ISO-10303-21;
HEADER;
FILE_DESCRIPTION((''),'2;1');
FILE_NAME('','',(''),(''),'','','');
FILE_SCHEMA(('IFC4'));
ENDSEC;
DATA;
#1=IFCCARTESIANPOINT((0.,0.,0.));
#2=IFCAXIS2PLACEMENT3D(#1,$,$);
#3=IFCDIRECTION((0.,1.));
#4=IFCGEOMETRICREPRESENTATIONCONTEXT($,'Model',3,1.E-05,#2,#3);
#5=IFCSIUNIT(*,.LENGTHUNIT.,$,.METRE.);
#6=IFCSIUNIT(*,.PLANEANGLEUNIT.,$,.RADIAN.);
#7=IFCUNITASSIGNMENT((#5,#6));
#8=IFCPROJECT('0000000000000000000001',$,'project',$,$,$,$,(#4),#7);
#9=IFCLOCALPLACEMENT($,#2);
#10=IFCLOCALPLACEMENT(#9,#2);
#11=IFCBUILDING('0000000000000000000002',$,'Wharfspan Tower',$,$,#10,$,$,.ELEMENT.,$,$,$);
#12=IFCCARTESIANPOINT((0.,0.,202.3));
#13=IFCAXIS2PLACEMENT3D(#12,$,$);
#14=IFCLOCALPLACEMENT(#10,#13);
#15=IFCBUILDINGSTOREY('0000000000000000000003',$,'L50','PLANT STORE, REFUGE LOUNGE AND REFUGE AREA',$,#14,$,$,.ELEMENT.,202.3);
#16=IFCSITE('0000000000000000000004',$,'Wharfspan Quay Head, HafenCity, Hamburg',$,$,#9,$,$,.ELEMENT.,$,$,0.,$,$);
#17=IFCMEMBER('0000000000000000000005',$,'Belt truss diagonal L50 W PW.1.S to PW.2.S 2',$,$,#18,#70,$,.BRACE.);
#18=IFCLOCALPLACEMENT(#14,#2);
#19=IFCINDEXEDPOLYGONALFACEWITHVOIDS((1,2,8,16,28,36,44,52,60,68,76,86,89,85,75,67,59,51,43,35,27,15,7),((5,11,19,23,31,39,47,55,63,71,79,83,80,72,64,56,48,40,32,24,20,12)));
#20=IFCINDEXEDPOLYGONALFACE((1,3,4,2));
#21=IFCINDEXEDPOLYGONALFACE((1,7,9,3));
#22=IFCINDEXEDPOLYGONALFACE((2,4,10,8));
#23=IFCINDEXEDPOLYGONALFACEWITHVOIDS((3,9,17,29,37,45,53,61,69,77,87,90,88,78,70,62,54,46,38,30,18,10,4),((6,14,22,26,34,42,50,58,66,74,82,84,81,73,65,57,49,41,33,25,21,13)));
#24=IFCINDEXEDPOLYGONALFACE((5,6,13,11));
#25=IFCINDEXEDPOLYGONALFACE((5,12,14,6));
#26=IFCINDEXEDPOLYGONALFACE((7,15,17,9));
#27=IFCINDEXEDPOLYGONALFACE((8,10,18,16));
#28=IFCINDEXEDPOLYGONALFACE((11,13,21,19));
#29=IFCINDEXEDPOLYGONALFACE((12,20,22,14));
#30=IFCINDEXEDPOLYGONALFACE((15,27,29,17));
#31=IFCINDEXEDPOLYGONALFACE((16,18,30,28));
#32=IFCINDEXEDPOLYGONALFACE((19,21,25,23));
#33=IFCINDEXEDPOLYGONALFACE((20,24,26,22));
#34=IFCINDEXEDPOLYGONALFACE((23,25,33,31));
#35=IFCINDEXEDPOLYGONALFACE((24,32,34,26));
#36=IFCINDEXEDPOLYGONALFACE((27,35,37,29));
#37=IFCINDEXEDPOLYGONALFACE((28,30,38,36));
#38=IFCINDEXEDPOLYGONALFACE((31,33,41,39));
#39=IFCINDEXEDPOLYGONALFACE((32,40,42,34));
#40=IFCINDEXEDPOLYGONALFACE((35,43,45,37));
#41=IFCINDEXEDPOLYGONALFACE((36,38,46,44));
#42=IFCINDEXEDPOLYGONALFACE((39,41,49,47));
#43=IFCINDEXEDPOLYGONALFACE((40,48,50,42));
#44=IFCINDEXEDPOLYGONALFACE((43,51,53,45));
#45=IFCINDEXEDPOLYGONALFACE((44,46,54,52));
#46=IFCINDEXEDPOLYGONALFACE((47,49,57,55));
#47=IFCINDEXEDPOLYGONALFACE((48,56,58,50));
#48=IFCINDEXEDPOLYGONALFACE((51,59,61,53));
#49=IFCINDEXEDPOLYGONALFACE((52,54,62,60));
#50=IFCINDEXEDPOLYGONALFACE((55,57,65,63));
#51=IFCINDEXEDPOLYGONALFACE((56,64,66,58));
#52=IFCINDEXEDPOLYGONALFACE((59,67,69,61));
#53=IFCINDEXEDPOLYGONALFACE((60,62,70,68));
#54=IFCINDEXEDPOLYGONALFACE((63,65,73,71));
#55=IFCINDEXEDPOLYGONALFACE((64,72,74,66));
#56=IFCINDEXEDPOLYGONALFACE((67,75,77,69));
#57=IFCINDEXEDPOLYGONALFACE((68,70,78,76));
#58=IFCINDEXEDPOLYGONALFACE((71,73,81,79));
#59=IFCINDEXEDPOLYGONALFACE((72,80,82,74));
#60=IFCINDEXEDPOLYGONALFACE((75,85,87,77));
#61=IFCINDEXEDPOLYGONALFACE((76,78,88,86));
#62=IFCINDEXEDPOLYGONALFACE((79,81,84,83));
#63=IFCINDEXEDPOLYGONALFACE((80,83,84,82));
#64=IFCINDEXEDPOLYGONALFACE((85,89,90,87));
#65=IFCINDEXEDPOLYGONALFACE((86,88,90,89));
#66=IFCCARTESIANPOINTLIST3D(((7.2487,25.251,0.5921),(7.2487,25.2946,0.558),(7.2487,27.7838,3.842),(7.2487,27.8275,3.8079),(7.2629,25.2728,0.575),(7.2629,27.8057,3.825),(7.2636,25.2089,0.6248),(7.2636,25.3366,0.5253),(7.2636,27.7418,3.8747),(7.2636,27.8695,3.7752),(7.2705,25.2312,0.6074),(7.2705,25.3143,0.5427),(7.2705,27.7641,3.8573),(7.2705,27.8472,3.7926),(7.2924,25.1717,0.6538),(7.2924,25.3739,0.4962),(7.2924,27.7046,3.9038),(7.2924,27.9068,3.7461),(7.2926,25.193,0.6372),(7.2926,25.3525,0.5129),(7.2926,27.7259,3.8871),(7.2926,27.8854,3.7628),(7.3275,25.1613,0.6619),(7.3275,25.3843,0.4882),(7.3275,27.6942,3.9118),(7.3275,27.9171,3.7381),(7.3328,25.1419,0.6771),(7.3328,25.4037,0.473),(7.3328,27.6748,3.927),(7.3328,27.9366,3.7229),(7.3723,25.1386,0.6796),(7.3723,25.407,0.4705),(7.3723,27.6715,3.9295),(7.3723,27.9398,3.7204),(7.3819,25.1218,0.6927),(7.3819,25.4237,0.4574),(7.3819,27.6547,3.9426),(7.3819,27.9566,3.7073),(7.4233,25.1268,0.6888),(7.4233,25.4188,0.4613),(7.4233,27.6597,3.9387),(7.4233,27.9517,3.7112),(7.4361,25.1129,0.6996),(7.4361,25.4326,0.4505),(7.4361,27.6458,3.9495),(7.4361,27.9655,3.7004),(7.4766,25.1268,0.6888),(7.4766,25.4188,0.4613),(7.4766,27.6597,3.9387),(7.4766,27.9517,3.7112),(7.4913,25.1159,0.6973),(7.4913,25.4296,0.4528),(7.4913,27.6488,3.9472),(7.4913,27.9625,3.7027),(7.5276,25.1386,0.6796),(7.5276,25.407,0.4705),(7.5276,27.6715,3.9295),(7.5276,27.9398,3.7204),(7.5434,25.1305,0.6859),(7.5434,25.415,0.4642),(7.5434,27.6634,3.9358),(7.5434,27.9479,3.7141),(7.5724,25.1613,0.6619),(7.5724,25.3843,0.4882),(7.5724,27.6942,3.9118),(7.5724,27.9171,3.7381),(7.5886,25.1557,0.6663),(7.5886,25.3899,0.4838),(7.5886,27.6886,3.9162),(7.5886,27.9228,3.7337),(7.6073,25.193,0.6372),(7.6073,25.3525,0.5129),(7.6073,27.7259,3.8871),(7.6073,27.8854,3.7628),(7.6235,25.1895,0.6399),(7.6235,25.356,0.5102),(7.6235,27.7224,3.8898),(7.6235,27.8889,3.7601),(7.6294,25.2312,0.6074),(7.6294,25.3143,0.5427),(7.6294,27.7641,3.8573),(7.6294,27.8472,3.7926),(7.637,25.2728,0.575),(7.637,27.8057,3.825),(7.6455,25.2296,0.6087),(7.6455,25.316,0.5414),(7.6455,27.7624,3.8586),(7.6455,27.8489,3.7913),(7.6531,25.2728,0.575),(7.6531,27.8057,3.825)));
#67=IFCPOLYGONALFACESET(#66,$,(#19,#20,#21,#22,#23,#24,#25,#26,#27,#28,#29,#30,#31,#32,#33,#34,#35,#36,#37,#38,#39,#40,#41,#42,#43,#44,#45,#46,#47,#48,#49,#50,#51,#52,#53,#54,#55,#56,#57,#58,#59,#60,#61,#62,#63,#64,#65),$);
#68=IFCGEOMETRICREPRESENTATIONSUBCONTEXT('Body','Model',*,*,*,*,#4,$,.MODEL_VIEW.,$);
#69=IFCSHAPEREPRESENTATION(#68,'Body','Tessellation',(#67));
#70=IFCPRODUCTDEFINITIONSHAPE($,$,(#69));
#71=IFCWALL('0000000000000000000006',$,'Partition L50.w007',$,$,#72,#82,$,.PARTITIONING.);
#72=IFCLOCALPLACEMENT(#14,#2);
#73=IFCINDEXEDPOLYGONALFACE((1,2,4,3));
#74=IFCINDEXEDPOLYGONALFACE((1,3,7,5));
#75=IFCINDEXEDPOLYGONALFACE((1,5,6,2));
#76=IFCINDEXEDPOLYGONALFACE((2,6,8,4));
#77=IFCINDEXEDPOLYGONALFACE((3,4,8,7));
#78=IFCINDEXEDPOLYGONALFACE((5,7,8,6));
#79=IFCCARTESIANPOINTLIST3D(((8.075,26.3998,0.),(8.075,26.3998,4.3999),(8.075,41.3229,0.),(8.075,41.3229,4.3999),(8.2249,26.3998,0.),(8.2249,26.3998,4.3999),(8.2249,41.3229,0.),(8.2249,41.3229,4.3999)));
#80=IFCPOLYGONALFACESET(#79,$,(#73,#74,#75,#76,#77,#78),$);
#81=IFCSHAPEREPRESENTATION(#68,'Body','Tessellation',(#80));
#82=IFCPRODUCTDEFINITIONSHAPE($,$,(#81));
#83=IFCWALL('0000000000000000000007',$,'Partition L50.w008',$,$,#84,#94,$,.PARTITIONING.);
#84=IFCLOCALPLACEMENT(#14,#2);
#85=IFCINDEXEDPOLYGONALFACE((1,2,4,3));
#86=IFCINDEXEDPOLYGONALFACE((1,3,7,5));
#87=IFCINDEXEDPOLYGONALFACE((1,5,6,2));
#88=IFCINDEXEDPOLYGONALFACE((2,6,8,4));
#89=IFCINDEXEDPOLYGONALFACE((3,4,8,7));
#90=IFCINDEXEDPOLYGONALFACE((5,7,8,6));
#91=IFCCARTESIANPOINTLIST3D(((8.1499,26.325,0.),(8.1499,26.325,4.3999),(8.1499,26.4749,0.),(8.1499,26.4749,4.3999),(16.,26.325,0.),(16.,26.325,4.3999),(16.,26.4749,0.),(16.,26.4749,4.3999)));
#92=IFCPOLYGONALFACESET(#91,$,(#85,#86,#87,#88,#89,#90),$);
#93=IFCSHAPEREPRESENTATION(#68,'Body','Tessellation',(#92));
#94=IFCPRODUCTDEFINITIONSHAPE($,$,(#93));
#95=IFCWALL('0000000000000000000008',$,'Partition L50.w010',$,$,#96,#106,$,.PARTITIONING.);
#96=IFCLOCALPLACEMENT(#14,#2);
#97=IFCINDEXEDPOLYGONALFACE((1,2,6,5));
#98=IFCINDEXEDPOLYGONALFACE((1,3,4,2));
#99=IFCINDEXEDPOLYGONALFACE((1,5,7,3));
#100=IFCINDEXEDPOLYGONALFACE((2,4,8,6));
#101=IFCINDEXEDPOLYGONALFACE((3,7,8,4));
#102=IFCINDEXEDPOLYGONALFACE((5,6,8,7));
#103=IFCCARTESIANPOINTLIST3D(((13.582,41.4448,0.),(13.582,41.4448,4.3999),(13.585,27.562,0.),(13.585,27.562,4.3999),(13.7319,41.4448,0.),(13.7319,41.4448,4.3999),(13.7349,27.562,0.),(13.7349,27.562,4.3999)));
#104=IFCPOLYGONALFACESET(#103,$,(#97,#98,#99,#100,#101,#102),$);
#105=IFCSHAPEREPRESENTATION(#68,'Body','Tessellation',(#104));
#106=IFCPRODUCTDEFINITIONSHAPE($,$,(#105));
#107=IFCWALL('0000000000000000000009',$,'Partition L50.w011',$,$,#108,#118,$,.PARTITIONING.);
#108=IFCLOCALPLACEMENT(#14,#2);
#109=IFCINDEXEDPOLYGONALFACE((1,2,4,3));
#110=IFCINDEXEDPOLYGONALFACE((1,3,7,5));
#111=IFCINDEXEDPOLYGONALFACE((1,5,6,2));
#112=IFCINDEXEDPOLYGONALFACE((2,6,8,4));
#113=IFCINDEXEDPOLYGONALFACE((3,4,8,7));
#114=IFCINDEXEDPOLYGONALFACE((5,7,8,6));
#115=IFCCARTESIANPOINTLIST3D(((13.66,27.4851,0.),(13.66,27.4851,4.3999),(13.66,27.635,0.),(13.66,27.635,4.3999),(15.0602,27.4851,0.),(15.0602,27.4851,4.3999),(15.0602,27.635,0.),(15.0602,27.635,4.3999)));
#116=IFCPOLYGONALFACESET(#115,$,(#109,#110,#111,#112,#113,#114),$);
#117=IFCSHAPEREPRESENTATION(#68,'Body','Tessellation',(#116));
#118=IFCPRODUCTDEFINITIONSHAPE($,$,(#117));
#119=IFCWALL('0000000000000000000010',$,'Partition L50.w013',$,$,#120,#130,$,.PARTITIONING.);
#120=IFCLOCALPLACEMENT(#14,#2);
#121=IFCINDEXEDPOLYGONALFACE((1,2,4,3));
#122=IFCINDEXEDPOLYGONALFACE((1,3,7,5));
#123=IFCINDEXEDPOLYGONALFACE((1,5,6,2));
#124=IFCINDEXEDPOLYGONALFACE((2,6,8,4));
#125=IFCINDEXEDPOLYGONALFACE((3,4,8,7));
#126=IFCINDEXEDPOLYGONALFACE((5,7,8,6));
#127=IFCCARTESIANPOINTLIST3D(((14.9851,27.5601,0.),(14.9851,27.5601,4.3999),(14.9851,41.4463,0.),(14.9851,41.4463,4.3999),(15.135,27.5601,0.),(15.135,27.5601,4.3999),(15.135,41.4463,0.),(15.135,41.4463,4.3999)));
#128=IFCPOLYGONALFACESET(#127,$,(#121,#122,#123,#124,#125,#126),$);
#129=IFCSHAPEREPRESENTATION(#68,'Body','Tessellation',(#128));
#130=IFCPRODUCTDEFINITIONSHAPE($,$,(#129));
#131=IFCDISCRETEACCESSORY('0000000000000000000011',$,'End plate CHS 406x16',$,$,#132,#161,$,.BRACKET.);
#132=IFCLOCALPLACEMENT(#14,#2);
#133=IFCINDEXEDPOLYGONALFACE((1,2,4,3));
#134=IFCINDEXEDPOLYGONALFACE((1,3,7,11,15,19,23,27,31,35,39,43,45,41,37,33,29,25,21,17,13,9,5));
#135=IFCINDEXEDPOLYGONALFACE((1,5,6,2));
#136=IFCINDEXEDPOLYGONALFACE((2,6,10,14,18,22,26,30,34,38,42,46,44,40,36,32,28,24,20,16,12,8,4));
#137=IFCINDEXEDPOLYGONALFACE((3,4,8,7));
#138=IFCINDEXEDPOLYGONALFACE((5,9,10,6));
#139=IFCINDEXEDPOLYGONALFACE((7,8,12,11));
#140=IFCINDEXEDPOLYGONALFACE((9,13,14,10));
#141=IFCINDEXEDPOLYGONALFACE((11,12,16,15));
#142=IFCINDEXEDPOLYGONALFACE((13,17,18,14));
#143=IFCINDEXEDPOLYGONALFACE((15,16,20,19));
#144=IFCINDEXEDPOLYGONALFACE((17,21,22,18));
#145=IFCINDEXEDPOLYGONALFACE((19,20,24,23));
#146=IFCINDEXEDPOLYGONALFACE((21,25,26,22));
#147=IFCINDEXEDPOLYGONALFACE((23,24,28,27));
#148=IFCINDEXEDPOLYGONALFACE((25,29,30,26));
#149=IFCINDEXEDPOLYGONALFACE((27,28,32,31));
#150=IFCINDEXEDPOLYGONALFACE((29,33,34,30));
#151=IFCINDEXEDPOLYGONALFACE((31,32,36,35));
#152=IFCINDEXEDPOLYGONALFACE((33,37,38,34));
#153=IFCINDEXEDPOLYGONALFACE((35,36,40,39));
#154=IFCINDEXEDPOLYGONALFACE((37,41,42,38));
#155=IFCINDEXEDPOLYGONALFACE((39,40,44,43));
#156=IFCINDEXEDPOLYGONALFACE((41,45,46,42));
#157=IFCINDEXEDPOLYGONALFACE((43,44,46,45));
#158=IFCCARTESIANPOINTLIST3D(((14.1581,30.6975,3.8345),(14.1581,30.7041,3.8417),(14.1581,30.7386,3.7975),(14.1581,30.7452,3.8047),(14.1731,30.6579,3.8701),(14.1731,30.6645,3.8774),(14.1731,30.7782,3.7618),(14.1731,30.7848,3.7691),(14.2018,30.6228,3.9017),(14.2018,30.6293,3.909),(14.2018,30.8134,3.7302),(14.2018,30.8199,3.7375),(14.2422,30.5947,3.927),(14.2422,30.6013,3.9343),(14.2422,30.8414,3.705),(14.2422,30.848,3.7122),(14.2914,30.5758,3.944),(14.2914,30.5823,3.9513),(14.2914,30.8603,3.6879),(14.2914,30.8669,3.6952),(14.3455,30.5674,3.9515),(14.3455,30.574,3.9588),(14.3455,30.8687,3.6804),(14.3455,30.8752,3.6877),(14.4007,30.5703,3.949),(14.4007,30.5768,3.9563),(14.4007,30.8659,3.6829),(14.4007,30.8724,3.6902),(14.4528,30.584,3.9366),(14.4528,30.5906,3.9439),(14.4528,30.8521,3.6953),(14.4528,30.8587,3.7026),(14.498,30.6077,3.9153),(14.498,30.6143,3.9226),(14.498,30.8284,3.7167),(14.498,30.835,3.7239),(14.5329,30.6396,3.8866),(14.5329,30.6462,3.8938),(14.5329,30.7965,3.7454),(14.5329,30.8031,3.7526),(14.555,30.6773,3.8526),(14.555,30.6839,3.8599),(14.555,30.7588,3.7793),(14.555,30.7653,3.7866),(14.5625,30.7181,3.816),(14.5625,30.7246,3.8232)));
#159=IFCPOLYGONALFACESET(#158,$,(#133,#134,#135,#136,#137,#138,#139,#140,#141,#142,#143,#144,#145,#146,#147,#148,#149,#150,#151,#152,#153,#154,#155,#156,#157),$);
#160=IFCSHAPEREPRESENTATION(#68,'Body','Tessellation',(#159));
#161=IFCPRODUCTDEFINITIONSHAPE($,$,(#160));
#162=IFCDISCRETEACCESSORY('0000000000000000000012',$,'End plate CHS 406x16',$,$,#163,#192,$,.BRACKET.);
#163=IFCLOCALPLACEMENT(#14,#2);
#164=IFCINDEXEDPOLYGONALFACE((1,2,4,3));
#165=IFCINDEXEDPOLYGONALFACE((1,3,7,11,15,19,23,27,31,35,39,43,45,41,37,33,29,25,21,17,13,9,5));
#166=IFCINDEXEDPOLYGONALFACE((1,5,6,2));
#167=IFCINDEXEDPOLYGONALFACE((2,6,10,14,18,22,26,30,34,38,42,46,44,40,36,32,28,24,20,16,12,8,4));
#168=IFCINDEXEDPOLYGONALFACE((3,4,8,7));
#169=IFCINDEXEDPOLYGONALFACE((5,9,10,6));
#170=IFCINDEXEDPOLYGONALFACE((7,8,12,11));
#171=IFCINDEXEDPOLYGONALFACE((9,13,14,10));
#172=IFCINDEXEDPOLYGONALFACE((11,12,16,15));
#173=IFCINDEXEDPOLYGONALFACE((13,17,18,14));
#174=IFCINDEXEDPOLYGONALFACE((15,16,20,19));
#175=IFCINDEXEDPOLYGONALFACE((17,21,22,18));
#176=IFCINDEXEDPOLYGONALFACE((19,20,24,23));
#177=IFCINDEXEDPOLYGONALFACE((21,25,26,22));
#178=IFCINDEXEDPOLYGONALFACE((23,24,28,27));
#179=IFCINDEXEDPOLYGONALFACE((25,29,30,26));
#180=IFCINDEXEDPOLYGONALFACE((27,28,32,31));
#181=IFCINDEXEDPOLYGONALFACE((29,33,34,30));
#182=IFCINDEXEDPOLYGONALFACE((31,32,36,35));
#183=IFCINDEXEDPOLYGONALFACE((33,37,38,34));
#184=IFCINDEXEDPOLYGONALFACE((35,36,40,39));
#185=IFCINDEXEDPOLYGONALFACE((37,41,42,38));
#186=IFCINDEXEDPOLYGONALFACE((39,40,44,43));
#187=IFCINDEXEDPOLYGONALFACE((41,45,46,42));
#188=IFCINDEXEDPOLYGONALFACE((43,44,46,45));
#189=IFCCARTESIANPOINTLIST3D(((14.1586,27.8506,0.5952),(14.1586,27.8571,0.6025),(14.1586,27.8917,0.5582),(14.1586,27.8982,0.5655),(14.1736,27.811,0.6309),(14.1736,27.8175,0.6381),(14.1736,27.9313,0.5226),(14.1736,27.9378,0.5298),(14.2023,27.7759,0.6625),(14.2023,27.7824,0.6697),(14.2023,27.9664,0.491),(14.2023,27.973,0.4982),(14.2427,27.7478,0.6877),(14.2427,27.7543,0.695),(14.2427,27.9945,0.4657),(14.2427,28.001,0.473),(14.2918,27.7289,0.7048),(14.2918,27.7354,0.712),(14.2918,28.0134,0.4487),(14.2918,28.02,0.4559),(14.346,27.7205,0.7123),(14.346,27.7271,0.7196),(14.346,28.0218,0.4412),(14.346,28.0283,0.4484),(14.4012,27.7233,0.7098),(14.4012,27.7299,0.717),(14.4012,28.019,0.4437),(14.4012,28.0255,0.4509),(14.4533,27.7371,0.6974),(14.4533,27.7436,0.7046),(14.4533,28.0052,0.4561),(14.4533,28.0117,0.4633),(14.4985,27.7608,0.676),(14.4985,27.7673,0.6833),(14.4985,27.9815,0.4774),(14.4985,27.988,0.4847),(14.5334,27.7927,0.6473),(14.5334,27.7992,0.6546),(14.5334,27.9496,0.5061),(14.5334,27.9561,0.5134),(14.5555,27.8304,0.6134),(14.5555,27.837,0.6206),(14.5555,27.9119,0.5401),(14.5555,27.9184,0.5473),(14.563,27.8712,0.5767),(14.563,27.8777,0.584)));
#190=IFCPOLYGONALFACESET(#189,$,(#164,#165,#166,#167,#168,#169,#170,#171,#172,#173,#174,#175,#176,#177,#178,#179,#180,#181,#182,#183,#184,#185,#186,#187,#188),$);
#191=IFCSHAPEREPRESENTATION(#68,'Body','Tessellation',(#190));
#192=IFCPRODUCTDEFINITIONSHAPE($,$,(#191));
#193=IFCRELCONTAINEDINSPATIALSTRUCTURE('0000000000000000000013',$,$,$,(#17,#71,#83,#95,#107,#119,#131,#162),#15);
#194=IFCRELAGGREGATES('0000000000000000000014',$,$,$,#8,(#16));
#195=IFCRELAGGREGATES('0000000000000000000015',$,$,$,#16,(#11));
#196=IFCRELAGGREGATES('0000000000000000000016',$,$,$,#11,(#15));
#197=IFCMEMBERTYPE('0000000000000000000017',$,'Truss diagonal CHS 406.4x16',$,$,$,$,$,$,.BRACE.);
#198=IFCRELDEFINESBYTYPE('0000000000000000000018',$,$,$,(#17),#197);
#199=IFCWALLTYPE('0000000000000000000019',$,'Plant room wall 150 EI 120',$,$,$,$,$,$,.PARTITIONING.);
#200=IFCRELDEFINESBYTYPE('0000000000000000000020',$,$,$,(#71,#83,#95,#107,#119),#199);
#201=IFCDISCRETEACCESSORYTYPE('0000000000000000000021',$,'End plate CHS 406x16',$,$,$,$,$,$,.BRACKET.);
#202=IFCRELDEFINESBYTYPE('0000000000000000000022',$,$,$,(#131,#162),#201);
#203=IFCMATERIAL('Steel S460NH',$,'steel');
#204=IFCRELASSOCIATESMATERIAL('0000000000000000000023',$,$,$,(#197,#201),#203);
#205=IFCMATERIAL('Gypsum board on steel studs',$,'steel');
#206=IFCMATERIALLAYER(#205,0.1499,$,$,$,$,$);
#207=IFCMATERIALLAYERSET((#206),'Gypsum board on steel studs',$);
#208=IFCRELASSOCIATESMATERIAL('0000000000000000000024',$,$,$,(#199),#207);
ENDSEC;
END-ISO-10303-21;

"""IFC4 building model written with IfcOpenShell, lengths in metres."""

from ifc_helpers import new_model, si_unit, direction, frame, frame_2d, origin, origin_2d, place, context, subcontext, project, spatial, rectangle, circle, hollow_circle, extrude, material, layer, layer_set, material_profile, profile_set, type_object, element, save


model = new_model("IFC4")

# Units and contexts
model_context = context("Model", 3, precision=1e-05, world=origin(), true_north=direction((0.0, 1.0)))
body_context = subcontext(model_context, "Body", "Model", "MODEL_VIEW")
ifc_project = project(units=[si_unit("LENGTHUNIT", "METRE"), si_unit("PLANEANGLEUNIT", "RADIAN")], contexts=[model_context])

# Site, building, storey
site_placement = place(None, origin())
site = spatial("IfcSite", under=ifc_project, at=site_placement, Name="Wharfspan Quay Head, HafenCity, Hamburg", CompositionType="ELEMENT", RefElevation=0.0)
building_placement = place(site_placement, origin())
building = spatial("IfcBuilding", under=site, at=building_placement, Name="Wharfspan Tower", CompositionType="ELEMENT")
storey_placement = place(building_placement, frame((0.0, 0.0, 202.3)))
storey = spatial("IfcBuildingStorey", under=building, at=storey_placement, Name="L50", Description="PLANT STORE, REFUGE LOUNGE AND REFUGE AREA", CompositionType="ELEMENT", Elevation=202.3)

# Member
ifc_material_1 = material(Name="Steel S460NH", Category="steel")
ifc_material_profile_1 = material_profile(ifc_material_1, hollow_circle(Radius=0.2031, WallThickness=0.0161, at=origin_2d()))
ifc_profile_set_1 = profile_set([ifc_material_profile_1], Name="Steel S460NH")
member_type_1 = type_object("IfcMemberType", Name="Truss diagonal CHS 406.4x16", PredefinedType="BRACE", material=ifc_profile_set_1)
for number, where, z_axis, x_axis, name in (
    (1, (7.45, 27.8057, 3.825), (0.0, -0.614724, -0.788742), (1.0, 0.0, 0.0), "Belt truss diagonal L50 W PW.1.S to PW.2.S 2"),
):
    element("IfcMember", number, at=place(storey_placement, frame(where, z_axis=z_axis, x_axis=x_axis)), inside=storey, type_object=member_type_1, Name=name, PredefinedType="BRACE", context=body_context, shape_type="SweptSolid", body=[
        extrude(hollow_circle(Radius=0.2031, WallThickness=0.0161, at=origin_2d()), origin(), (0.0, 0.0, 1.0), 4.1204),
    ])

# Walls
ifc_material_2 = material(Name="Gypsum board on steel studs", Category="steel")
ifc_layer = layer(ifc_material_2, 0.1499)
ifc_layer_set = layer_set([ifc_layer], Name="Gypsum board on steel studs")
wall_type = type_object("IfcWallType", Name="Plant room wall 150 EI 120", PredefinedType="PARTITIONING", material=ifc_layer_set)
wall_1_placement = place(storey_placement, frame((8.1499, 26.3999, 0.0), z_axis=(0.0, 0.0, 1.0), x_axis=(0.0, 1.0, 0.0)))
element("IfcWall", 2, at=wall_1_placement, inside=storey, type_object=wall_type, Name="Partition L50.w007", PredefinedType="PARTITIONING", context=body_context, shape_type="SweptSolid", body=[
    extrude(rectangle(XDim=14.9231, YDim=0.1499, at=frame_2d((7.4614, 0.0))), origin(), (0.0, 0.0, 1.0), 4.3999),
])
wall_2_placement = place(storey_placement, frame((8.1499, 26.3999, 0.0), z_axis=(0.0, 0.0, 1.0), x_axis=(1.0, 0.0, 0.0)))
element("IfcWall", 3, at=wall_2_placement, inside=storey, type_object=wall_type, Name="Partition L50.w008", PredefinedType="PARTITIONING", context=body_context, shape_type="SweptSolid", body=[
    extrude(rectangle(XDim=7.8501, YDim=0.1499, at=frame_2d((3.925, 0.0))), origin(), (0.0, 0.0, 1.0), 4.3999),
])
wall_3_placement = place(storey_placement, frame((13.6599, 27.562, 0.0), z_axis=(0.0, 0.0, 1.0), x_axis=(-0.000211, 0.999998, 0.0)))
element("IfcWall", 4, at=wall_3_placement, inside=storey, type_object=wall_type, Name="Partition L50.w010", PredefinedType="PARTITIONING", context=body_context, shape_type="SweptSolid", body=[
    extrude(rectangle(XDim=13.8828, YDim=0.1499, at=frame_2d((6.9414, 0.0))), origin(), (0.0, 0.0, 1.0), 4.3999),
])
wall_4_placement = place(storey_placement, frame((13.6599, 27.5601, 0.0), z_axis=(0.0, 0.0, 1.0), x_axis=(1.0, 0.0, 0.0)))
element("IfcWall", 5, at=wall_4_placement, inside=storey, type_object=wall_type, Name="Partition L50.w011", PredefinedType="PARTITIONING", context=body_context, shape_type="SweptSolid", body=[
    extrude(rectangle(XDim=1.4001, YDim=0.1499, at=frame_2d((0.7002, 0.0))), origin(), (0.0, 0.0, 1.0), 4.3999),
])
wall_5_placement = place(storey_placement, frame((15.0601, 27.5601, 0.0), z_axis=(0.0, 0.0, 1.0), x_axis=(0.0, 1.0, 0.0)))
element("IfcWall", 6, at=wall_5_placement, inside=storey, type_object=wall_type, Name="Partition L50.w013", PredefinedType="PARTITIONING", context=body_context, shape_type="SweptSolid", body=[
    extrude(rectangle(XDim=13.8862, YDim=0.1499, at=frame_2d((6.9431, 0.0))), origin(), (0.0, 0.0, 1.0), 4.3999),
])

# Discrete accessories
ifc_material_profile_2 = material_profile(ifc_material_1, circle(Radius=0.2031, at=origin_2d()))
ifc_profile_set_2 = profile_set([ifc_material_profile_2], Name="Steel S460NH")
discrete_accessory_type_1 = type_object("IfcDiscreteAccessoryType", Name="End plate CHS 406x16", PredefinedType="BRACKET", material=ifc_profile_set_2)
for number, where, z_axis, x_axis, name in (
    (7, (14.3594, 30.7246, 3.8232), (0.0, -0.668965, -0.743294), (1.0, 0.0, 0.0), "End plate CHS 406x16"),
    (8, (14.3599, 27.8777, 0.584), (0.0, -0.668965, -0.743294), (1.0, 0.0, 0.0), "End plate CHS 406x16"),
):
    element("IfcDiscreteAccessory", number, at=place(storey_placement, frame(where, z_axis=z_axis, x_axis=x_axis)), inside=storey, type_object=discrete_accessory_type_1, Name=name, PredefinedType="BRACKET", context=body_context, shape_type="SweptSolid", body=[
        extrude(circle(Radius=0.2031, at=origin_2d()), origin(), (0.0, 0.0, 1.0), 0.0098),
    ])

save(model, "model.ifc")
